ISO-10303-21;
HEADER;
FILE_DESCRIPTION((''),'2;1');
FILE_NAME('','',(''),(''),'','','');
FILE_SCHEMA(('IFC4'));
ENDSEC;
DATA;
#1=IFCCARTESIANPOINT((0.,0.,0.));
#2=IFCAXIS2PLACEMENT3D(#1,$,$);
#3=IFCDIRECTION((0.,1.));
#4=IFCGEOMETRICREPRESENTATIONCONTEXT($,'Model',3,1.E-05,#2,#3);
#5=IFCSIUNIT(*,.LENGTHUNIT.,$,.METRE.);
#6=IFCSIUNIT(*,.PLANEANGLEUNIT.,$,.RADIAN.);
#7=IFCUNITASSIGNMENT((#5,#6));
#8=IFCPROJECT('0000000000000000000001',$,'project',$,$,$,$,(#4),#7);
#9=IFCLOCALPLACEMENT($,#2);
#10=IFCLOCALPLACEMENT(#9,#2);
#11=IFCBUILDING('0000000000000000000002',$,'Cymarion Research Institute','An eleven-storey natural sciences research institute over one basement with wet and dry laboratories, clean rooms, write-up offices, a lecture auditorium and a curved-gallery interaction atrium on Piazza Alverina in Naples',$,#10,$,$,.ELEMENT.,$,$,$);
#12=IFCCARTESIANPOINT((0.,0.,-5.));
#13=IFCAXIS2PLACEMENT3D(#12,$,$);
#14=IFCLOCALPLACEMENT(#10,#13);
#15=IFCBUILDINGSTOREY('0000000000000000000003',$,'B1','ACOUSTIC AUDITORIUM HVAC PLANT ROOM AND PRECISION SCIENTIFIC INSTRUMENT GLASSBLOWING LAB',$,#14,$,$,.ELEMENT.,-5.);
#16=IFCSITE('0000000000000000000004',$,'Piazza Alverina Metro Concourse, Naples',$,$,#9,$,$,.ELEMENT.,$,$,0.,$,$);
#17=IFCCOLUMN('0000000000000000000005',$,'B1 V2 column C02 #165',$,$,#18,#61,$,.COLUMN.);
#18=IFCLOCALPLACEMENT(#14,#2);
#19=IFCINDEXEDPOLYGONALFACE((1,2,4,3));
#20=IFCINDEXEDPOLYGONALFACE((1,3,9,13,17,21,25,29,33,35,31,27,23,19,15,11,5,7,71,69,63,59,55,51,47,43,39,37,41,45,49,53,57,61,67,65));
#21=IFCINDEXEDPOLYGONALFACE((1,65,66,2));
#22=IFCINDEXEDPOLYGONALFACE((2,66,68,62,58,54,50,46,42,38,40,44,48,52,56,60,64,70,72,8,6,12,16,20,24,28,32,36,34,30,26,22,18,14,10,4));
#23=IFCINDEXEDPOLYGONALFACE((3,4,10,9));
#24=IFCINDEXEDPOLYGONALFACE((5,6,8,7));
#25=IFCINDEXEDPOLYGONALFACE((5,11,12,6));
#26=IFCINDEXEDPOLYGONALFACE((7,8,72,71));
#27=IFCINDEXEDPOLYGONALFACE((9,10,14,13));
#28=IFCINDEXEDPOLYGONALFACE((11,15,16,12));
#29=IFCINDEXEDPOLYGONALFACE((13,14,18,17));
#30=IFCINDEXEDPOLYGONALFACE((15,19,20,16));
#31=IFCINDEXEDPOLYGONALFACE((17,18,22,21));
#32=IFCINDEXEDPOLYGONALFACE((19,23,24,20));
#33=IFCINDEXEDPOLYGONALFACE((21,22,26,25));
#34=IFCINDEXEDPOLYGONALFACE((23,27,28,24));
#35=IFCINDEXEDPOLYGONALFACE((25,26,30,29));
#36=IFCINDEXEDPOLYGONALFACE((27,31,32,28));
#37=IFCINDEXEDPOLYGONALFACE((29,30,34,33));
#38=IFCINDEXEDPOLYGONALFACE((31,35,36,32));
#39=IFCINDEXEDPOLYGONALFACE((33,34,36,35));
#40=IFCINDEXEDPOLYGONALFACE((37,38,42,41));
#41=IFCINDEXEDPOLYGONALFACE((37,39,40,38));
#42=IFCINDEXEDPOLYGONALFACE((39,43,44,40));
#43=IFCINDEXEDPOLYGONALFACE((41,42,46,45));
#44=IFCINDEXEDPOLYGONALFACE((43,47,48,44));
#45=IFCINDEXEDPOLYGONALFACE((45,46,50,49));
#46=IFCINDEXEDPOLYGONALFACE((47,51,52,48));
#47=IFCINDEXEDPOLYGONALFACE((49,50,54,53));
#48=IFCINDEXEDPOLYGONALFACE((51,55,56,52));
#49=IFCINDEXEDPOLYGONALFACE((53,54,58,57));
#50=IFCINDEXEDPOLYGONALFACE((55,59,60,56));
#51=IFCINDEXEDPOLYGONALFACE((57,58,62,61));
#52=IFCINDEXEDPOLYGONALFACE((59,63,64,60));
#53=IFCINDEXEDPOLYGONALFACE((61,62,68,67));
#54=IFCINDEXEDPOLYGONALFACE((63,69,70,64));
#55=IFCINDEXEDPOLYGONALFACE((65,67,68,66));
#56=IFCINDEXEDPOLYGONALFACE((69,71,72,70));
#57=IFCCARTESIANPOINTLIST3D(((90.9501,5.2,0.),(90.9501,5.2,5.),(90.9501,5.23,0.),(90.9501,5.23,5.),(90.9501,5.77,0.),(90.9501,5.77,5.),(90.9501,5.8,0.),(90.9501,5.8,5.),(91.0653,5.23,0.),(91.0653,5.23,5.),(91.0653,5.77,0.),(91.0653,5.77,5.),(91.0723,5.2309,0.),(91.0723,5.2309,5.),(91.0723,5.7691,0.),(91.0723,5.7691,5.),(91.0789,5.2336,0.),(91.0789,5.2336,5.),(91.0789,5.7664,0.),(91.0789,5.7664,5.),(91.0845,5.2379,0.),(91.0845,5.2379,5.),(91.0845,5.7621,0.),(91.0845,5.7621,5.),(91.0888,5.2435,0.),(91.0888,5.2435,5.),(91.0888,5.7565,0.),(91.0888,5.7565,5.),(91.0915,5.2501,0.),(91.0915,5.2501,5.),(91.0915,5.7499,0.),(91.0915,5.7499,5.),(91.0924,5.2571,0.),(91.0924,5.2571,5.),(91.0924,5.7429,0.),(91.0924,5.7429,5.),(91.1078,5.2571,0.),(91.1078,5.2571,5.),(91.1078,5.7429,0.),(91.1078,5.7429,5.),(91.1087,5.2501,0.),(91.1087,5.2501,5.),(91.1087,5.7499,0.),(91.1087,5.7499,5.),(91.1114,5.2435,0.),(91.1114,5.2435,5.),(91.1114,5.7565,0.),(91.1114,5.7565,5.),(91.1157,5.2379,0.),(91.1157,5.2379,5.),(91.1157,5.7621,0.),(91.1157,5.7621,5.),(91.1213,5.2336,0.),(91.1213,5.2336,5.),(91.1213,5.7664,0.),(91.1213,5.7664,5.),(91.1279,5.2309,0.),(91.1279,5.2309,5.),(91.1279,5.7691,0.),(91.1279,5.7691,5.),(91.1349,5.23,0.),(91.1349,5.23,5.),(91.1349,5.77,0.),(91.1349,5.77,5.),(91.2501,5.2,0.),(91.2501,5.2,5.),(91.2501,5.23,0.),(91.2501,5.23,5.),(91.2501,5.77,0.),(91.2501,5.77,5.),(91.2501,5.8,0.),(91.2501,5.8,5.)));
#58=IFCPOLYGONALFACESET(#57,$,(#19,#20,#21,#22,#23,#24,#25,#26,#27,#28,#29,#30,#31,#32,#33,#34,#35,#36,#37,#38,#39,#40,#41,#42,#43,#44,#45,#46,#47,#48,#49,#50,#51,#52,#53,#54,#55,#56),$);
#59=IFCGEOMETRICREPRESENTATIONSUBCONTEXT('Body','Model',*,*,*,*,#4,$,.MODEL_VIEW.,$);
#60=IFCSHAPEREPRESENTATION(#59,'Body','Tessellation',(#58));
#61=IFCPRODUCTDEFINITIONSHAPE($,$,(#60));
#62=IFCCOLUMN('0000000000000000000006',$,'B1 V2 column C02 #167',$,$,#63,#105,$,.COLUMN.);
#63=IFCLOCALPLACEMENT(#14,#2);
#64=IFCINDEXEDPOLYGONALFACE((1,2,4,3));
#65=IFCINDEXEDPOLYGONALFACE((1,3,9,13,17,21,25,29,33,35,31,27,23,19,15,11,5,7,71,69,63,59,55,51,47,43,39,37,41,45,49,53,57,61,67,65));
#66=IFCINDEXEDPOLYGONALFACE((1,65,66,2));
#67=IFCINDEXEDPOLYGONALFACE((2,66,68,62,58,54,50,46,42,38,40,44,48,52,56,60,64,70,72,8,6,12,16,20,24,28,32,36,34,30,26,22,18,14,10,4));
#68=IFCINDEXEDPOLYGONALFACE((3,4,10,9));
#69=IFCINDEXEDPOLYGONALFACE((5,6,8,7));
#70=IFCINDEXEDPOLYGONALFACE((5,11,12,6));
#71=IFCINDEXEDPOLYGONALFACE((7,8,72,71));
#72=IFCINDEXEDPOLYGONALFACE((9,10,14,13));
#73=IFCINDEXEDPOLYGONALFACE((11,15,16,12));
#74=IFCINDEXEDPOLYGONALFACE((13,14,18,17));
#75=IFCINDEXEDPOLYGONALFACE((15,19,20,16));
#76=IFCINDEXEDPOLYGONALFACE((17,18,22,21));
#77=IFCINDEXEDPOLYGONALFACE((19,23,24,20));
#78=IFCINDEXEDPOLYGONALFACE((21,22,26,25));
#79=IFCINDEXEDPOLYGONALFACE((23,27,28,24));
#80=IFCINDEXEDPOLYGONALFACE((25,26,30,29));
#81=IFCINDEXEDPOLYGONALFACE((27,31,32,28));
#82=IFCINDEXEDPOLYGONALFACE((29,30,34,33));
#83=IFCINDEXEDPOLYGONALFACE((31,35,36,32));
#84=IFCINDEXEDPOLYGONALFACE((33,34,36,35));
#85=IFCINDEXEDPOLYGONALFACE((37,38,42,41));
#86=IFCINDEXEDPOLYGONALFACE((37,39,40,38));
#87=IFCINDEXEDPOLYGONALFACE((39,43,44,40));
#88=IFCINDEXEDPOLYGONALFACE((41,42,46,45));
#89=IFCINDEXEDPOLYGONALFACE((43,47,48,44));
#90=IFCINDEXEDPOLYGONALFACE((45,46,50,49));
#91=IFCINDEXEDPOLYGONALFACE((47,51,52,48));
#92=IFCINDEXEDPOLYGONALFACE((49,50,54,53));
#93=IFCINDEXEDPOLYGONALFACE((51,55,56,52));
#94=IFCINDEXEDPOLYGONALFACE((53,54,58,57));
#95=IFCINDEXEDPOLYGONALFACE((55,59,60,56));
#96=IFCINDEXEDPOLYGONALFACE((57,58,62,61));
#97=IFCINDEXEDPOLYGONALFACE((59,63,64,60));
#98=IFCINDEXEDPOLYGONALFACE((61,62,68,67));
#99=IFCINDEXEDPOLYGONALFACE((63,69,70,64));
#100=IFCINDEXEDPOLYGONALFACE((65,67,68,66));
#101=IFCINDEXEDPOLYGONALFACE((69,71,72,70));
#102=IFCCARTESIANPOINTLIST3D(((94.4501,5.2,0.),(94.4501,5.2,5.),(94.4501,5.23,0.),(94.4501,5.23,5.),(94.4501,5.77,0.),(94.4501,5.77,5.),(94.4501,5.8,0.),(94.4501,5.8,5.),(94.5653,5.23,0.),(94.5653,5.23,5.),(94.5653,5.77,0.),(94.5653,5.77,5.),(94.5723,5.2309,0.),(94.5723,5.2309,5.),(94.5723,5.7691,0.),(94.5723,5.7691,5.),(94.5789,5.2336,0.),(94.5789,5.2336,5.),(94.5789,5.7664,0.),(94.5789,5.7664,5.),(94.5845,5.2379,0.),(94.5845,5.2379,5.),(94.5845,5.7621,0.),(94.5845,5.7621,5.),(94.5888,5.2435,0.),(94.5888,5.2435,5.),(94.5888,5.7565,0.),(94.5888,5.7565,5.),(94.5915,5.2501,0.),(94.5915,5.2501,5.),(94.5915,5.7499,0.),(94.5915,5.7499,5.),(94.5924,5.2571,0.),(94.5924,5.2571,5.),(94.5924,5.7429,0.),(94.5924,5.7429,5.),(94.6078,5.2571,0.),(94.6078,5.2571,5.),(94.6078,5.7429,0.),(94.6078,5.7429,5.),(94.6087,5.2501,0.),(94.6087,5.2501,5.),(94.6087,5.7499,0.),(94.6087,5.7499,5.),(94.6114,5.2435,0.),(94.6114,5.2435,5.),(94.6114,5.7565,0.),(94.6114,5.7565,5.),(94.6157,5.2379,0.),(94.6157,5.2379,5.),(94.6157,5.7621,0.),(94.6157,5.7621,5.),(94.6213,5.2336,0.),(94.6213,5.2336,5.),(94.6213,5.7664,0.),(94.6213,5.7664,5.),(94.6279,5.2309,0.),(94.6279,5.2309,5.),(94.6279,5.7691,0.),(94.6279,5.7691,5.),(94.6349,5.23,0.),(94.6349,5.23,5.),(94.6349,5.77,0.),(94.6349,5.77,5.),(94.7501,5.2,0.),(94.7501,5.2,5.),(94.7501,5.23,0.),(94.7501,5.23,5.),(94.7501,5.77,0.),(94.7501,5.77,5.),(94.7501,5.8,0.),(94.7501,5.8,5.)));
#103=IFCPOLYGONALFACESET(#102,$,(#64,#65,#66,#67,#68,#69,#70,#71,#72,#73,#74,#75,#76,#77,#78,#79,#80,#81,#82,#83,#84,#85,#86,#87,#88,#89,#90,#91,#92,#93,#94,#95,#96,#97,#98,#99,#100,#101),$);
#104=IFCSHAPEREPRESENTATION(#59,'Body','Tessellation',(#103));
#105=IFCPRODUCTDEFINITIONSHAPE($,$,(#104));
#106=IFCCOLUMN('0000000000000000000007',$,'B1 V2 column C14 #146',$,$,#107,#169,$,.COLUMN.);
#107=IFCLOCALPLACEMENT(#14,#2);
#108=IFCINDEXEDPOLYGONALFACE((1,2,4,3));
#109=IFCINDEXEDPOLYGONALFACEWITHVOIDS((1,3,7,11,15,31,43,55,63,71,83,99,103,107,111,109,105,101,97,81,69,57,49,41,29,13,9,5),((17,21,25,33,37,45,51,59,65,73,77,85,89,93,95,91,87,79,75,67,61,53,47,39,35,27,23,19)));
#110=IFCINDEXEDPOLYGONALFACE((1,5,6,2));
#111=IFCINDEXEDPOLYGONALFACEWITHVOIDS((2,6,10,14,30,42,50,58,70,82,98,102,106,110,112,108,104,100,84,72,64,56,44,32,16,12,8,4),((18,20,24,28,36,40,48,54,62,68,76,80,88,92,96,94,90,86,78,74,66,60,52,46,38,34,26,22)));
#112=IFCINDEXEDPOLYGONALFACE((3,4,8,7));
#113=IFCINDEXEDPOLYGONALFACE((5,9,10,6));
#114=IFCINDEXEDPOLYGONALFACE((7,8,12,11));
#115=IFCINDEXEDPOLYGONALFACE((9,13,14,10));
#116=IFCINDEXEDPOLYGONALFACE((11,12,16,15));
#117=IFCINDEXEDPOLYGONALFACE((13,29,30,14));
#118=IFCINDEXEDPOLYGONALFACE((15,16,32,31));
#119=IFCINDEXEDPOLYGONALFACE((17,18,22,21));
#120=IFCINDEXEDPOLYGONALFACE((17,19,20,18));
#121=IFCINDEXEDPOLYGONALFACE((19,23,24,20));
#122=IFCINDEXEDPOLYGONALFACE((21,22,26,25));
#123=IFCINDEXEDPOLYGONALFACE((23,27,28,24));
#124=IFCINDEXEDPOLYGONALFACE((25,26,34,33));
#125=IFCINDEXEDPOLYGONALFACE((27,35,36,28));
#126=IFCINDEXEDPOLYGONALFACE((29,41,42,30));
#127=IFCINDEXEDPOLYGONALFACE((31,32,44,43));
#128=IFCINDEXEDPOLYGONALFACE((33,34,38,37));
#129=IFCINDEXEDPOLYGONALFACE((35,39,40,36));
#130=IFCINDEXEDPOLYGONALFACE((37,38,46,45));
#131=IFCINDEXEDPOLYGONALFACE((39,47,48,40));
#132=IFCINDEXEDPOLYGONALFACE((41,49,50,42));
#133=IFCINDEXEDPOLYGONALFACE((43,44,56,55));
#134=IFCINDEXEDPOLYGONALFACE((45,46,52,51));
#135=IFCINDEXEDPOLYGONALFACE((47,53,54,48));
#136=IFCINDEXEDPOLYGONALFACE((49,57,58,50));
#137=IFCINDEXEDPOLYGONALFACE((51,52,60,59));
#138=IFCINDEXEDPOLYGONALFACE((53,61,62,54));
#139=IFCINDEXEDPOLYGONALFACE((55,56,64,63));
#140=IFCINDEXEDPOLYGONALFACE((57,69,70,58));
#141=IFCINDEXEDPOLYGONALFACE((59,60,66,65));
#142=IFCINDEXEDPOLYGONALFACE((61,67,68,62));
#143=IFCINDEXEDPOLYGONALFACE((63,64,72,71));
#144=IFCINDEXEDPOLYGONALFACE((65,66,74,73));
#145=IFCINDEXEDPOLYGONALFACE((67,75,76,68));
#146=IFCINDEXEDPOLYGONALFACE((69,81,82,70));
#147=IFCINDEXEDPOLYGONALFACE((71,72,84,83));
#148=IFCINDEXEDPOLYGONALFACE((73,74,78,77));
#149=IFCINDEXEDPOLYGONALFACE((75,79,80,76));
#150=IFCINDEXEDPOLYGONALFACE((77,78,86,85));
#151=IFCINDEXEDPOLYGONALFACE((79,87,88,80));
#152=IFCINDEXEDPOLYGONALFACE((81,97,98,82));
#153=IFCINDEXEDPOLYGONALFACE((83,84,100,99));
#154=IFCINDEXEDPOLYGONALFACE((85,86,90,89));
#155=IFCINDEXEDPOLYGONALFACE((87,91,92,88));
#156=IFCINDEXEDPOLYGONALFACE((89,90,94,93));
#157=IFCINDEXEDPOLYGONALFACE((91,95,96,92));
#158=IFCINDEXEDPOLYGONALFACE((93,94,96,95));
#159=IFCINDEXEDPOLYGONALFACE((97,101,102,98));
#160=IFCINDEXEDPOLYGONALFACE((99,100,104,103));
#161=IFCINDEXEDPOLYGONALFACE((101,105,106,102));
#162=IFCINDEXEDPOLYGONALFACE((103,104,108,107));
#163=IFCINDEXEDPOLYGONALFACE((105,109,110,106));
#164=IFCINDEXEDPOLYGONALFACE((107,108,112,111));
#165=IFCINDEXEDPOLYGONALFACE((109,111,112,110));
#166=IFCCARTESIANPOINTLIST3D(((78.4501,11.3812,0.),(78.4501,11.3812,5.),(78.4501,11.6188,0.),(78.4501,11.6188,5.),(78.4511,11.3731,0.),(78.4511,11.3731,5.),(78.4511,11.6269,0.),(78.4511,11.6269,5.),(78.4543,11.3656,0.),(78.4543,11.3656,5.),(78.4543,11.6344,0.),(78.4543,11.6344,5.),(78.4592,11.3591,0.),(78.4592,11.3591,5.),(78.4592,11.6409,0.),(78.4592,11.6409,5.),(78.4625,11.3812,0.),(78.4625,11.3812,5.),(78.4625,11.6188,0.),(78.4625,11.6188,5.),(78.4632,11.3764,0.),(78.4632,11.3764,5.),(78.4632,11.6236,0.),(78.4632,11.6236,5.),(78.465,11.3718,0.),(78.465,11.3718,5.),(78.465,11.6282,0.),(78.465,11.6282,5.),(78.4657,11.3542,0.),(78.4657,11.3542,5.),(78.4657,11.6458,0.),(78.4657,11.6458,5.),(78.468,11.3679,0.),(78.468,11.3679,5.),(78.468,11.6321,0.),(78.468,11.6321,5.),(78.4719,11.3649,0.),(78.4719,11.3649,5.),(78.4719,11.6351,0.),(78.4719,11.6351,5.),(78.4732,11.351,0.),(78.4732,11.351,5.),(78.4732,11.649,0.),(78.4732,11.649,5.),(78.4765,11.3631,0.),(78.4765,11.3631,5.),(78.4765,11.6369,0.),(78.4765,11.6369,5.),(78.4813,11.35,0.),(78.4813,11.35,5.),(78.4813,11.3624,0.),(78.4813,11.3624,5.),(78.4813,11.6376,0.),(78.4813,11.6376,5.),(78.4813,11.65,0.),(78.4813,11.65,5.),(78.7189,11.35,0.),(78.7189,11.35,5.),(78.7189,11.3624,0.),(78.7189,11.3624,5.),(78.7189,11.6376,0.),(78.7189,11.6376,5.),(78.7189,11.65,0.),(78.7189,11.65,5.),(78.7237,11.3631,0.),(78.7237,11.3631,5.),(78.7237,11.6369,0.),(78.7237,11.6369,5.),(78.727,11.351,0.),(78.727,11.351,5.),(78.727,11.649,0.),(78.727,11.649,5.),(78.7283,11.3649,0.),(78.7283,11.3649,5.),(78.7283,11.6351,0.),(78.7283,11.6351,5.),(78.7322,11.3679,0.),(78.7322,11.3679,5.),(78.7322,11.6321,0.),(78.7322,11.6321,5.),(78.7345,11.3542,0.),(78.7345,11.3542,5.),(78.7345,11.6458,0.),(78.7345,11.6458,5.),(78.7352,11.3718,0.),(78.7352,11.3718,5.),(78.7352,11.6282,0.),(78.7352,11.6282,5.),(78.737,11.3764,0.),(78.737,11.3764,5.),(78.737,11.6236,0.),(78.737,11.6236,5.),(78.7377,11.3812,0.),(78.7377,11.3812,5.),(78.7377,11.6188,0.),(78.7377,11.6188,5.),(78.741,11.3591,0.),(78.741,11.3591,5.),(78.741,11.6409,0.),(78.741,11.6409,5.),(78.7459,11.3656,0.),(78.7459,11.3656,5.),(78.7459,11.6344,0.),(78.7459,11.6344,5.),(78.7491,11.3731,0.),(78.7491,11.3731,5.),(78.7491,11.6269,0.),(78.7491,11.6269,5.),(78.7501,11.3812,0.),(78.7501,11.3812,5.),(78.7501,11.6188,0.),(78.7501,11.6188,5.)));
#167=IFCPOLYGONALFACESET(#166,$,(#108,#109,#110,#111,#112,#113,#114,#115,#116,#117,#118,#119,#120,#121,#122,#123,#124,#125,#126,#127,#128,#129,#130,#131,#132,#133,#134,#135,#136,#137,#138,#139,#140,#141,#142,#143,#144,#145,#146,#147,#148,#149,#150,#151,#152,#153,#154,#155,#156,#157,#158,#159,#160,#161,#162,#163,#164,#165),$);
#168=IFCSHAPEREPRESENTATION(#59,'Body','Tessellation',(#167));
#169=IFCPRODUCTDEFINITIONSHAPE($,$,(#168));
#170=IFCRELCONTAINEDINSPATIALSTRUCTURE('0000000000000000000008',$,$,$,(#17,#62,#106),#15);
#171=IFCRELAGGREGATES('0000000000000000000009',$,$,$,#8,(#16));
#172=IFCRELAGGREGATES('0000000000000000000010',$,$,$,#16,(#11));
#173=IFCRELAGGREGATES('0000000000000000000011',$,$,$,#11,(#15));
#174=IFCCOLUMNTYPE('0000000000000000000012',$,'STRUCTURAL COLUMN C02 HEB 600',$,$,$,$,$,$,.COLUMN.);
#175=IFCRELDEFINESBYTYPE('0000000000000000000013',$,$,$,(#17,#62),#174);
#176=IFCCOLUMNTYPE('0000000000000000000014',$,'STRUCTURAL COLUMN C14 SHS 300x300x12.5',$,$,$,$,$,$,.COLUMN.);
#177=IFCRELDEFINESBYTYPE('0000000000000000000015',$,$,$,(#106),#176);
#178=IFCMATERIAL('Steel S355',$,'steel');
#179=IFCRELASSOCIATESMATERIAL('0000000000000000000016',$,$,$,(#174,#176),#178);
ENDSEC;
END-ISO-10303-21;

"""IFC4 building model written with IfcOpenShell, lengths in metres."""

from ifc_helpers import new_model, si_unit, direction, frame, origin, origin_2d, place, context, subcontext, project, spatial, hollow_rectangle, i_section, extrude, material, material_profile, profile_set, type_object, element, save


model = new_model("IFC4")

# Units and contexts
model_context = context("Model", 3, precision=1e-05, world=origin(), true_north=direction((0.0, 1.0)))
body_context = subcontext(model_context, "Body", "Model", "MODEL_VIEW")
ifc_project = project(units=[si_unit("LENGTHUNIT", "METRE"), si_unit("PLANEANGLEUNIT", "RADIAN")], contexts=[model_context])

# Site, building, storey
site_placement = place(None, origin())
site = spatial("IfcSite", under=ifc_project, at=site_placement, Name="Piazza Alverina Metro Concourse, Naples", CompositionType="ELEMENT", RefElevation=0.0)
building_placement = place(site_placement, origin())
building = spatial("IfcBuilding", under=site, at=building_placement, Name="Cymarion Research Institute", Description="An eleven-storey natural sciences research institute over one basement with wet and dry laboratories, clean rooms, write-up offices, a lecture auditorium and a curved-gallery interaction atrium on Piazza Alverina in Naples", CompositionType="ELEMENT")
storey_placement = place(building_placement, frame((0.0, 0.0, -5.0)))
storey = spatial("IfcBuildingStorey", under=building, at=storey_placement, Name="B1", Description="ACOUSTIC AUDITORIUM HVAC PLANT ROOM AND PRECISION SCIENTIFIC INSTRUMENT GLASSBLOWING LAB", CompositionType="ELEMENT", Elevation=-5.0)

# Columns
ifc_material_1 = material(Name="Steel S355", Category="steel")
ifc_material_profile_1 = material_profile(ifc_material_1, i_section(OverallWidth=0.3, OverallDepth=0.6001, WebThickness=0.0154, FlangeThickness=0.03, FilletRadius=0.0271, at=origin_2d()), Name="HEB 600")
ifc_profile_set_1 = profile_set([ifc_material_profile_1], Name="Steel S355")
column_type_1 = type_object("IfcColumnType", Name="STRUCTURAL COLUMN C02 HEB 600", PredefinedType="COLUMN", material=ifc_profile_set_1)
for number, where, z_axis, x_axis, name in (
    (1, (91.1001, 5.5, 0.0), (0.0, 0.0, 1.0), (1.0, 0.0, 0.0), "B1 V2 column C02 #165"),
    (2, (94.6001, 5.5, 0.0), (0.0, 0.0, 1.0), (1.0, 0.0, 0.0), "B1 V2 column C02 #167"),
):
    element("IfcColumn", number, at=place(storey_placement, frame(where, z_axis=z_axis, x_axis=x_axis)), inside=storey, type_object=column_type_1, Name=name, PredefinedType="COLUMN", context=body_context, shape_type="SweptSolid", body=[
        extrude(i_section(OverallWidth=0.3, OverallDepth=0.6001, WebThickness=0.0154, FlangeThickness=0.03, FilletRadius=0.0271, at=origin_2d()), origin(), (0.0, 0.0, 1.0), 5.0),
    ])
ifc_material_profile_2 = material_profile(ifc_material_1, hollow_rectangle(XDim=0.3, YDim=0.3, WallThickness=0.0125, InnerFilletRadius=0.0188, OuterFilletRadius=0.0312, at=origin_2d()), Name="SHS 300x300x12.5")
ifc_profile_set_2 = profile_set([ifc_material_profile_2], Name="Steel S355")
column_type_2 = type_object("IfcColumnType", Name="STRUCTURAL COLUMN C14 SHS 300x300x12.5", PredefinedType="COLUMN", material=ifc_profile_set_2)
for number, where, z_axis, x_axis, name in (
    (3, (78.6001, 11.5, 0.0), (0.0, 0.0, 1.0), (1.0, 0.0, 0.0), "B1 V2 column C14 #146"),
):
    element("IfcColumn", number, at=place(storey_placement, frame(where, z_axis=z_axis, x_axis=x_axis)), inside=storey, type_object=column_type_2, Name=name, PredefinedType="COLUMN", context=body_context, shape_type="SweptSolid", body=[
        extrude(hollow_rectangle(XDim=0.3, YDim=0.3, WallThickness=0.0125, InnerFilletRadius=0.0188, OuterFilletRadius=0.0312, at=origin_2d()), origin(), (0.0, 0.0, 1.0), 5.0),
    ])

save(model, "model.ifc")
